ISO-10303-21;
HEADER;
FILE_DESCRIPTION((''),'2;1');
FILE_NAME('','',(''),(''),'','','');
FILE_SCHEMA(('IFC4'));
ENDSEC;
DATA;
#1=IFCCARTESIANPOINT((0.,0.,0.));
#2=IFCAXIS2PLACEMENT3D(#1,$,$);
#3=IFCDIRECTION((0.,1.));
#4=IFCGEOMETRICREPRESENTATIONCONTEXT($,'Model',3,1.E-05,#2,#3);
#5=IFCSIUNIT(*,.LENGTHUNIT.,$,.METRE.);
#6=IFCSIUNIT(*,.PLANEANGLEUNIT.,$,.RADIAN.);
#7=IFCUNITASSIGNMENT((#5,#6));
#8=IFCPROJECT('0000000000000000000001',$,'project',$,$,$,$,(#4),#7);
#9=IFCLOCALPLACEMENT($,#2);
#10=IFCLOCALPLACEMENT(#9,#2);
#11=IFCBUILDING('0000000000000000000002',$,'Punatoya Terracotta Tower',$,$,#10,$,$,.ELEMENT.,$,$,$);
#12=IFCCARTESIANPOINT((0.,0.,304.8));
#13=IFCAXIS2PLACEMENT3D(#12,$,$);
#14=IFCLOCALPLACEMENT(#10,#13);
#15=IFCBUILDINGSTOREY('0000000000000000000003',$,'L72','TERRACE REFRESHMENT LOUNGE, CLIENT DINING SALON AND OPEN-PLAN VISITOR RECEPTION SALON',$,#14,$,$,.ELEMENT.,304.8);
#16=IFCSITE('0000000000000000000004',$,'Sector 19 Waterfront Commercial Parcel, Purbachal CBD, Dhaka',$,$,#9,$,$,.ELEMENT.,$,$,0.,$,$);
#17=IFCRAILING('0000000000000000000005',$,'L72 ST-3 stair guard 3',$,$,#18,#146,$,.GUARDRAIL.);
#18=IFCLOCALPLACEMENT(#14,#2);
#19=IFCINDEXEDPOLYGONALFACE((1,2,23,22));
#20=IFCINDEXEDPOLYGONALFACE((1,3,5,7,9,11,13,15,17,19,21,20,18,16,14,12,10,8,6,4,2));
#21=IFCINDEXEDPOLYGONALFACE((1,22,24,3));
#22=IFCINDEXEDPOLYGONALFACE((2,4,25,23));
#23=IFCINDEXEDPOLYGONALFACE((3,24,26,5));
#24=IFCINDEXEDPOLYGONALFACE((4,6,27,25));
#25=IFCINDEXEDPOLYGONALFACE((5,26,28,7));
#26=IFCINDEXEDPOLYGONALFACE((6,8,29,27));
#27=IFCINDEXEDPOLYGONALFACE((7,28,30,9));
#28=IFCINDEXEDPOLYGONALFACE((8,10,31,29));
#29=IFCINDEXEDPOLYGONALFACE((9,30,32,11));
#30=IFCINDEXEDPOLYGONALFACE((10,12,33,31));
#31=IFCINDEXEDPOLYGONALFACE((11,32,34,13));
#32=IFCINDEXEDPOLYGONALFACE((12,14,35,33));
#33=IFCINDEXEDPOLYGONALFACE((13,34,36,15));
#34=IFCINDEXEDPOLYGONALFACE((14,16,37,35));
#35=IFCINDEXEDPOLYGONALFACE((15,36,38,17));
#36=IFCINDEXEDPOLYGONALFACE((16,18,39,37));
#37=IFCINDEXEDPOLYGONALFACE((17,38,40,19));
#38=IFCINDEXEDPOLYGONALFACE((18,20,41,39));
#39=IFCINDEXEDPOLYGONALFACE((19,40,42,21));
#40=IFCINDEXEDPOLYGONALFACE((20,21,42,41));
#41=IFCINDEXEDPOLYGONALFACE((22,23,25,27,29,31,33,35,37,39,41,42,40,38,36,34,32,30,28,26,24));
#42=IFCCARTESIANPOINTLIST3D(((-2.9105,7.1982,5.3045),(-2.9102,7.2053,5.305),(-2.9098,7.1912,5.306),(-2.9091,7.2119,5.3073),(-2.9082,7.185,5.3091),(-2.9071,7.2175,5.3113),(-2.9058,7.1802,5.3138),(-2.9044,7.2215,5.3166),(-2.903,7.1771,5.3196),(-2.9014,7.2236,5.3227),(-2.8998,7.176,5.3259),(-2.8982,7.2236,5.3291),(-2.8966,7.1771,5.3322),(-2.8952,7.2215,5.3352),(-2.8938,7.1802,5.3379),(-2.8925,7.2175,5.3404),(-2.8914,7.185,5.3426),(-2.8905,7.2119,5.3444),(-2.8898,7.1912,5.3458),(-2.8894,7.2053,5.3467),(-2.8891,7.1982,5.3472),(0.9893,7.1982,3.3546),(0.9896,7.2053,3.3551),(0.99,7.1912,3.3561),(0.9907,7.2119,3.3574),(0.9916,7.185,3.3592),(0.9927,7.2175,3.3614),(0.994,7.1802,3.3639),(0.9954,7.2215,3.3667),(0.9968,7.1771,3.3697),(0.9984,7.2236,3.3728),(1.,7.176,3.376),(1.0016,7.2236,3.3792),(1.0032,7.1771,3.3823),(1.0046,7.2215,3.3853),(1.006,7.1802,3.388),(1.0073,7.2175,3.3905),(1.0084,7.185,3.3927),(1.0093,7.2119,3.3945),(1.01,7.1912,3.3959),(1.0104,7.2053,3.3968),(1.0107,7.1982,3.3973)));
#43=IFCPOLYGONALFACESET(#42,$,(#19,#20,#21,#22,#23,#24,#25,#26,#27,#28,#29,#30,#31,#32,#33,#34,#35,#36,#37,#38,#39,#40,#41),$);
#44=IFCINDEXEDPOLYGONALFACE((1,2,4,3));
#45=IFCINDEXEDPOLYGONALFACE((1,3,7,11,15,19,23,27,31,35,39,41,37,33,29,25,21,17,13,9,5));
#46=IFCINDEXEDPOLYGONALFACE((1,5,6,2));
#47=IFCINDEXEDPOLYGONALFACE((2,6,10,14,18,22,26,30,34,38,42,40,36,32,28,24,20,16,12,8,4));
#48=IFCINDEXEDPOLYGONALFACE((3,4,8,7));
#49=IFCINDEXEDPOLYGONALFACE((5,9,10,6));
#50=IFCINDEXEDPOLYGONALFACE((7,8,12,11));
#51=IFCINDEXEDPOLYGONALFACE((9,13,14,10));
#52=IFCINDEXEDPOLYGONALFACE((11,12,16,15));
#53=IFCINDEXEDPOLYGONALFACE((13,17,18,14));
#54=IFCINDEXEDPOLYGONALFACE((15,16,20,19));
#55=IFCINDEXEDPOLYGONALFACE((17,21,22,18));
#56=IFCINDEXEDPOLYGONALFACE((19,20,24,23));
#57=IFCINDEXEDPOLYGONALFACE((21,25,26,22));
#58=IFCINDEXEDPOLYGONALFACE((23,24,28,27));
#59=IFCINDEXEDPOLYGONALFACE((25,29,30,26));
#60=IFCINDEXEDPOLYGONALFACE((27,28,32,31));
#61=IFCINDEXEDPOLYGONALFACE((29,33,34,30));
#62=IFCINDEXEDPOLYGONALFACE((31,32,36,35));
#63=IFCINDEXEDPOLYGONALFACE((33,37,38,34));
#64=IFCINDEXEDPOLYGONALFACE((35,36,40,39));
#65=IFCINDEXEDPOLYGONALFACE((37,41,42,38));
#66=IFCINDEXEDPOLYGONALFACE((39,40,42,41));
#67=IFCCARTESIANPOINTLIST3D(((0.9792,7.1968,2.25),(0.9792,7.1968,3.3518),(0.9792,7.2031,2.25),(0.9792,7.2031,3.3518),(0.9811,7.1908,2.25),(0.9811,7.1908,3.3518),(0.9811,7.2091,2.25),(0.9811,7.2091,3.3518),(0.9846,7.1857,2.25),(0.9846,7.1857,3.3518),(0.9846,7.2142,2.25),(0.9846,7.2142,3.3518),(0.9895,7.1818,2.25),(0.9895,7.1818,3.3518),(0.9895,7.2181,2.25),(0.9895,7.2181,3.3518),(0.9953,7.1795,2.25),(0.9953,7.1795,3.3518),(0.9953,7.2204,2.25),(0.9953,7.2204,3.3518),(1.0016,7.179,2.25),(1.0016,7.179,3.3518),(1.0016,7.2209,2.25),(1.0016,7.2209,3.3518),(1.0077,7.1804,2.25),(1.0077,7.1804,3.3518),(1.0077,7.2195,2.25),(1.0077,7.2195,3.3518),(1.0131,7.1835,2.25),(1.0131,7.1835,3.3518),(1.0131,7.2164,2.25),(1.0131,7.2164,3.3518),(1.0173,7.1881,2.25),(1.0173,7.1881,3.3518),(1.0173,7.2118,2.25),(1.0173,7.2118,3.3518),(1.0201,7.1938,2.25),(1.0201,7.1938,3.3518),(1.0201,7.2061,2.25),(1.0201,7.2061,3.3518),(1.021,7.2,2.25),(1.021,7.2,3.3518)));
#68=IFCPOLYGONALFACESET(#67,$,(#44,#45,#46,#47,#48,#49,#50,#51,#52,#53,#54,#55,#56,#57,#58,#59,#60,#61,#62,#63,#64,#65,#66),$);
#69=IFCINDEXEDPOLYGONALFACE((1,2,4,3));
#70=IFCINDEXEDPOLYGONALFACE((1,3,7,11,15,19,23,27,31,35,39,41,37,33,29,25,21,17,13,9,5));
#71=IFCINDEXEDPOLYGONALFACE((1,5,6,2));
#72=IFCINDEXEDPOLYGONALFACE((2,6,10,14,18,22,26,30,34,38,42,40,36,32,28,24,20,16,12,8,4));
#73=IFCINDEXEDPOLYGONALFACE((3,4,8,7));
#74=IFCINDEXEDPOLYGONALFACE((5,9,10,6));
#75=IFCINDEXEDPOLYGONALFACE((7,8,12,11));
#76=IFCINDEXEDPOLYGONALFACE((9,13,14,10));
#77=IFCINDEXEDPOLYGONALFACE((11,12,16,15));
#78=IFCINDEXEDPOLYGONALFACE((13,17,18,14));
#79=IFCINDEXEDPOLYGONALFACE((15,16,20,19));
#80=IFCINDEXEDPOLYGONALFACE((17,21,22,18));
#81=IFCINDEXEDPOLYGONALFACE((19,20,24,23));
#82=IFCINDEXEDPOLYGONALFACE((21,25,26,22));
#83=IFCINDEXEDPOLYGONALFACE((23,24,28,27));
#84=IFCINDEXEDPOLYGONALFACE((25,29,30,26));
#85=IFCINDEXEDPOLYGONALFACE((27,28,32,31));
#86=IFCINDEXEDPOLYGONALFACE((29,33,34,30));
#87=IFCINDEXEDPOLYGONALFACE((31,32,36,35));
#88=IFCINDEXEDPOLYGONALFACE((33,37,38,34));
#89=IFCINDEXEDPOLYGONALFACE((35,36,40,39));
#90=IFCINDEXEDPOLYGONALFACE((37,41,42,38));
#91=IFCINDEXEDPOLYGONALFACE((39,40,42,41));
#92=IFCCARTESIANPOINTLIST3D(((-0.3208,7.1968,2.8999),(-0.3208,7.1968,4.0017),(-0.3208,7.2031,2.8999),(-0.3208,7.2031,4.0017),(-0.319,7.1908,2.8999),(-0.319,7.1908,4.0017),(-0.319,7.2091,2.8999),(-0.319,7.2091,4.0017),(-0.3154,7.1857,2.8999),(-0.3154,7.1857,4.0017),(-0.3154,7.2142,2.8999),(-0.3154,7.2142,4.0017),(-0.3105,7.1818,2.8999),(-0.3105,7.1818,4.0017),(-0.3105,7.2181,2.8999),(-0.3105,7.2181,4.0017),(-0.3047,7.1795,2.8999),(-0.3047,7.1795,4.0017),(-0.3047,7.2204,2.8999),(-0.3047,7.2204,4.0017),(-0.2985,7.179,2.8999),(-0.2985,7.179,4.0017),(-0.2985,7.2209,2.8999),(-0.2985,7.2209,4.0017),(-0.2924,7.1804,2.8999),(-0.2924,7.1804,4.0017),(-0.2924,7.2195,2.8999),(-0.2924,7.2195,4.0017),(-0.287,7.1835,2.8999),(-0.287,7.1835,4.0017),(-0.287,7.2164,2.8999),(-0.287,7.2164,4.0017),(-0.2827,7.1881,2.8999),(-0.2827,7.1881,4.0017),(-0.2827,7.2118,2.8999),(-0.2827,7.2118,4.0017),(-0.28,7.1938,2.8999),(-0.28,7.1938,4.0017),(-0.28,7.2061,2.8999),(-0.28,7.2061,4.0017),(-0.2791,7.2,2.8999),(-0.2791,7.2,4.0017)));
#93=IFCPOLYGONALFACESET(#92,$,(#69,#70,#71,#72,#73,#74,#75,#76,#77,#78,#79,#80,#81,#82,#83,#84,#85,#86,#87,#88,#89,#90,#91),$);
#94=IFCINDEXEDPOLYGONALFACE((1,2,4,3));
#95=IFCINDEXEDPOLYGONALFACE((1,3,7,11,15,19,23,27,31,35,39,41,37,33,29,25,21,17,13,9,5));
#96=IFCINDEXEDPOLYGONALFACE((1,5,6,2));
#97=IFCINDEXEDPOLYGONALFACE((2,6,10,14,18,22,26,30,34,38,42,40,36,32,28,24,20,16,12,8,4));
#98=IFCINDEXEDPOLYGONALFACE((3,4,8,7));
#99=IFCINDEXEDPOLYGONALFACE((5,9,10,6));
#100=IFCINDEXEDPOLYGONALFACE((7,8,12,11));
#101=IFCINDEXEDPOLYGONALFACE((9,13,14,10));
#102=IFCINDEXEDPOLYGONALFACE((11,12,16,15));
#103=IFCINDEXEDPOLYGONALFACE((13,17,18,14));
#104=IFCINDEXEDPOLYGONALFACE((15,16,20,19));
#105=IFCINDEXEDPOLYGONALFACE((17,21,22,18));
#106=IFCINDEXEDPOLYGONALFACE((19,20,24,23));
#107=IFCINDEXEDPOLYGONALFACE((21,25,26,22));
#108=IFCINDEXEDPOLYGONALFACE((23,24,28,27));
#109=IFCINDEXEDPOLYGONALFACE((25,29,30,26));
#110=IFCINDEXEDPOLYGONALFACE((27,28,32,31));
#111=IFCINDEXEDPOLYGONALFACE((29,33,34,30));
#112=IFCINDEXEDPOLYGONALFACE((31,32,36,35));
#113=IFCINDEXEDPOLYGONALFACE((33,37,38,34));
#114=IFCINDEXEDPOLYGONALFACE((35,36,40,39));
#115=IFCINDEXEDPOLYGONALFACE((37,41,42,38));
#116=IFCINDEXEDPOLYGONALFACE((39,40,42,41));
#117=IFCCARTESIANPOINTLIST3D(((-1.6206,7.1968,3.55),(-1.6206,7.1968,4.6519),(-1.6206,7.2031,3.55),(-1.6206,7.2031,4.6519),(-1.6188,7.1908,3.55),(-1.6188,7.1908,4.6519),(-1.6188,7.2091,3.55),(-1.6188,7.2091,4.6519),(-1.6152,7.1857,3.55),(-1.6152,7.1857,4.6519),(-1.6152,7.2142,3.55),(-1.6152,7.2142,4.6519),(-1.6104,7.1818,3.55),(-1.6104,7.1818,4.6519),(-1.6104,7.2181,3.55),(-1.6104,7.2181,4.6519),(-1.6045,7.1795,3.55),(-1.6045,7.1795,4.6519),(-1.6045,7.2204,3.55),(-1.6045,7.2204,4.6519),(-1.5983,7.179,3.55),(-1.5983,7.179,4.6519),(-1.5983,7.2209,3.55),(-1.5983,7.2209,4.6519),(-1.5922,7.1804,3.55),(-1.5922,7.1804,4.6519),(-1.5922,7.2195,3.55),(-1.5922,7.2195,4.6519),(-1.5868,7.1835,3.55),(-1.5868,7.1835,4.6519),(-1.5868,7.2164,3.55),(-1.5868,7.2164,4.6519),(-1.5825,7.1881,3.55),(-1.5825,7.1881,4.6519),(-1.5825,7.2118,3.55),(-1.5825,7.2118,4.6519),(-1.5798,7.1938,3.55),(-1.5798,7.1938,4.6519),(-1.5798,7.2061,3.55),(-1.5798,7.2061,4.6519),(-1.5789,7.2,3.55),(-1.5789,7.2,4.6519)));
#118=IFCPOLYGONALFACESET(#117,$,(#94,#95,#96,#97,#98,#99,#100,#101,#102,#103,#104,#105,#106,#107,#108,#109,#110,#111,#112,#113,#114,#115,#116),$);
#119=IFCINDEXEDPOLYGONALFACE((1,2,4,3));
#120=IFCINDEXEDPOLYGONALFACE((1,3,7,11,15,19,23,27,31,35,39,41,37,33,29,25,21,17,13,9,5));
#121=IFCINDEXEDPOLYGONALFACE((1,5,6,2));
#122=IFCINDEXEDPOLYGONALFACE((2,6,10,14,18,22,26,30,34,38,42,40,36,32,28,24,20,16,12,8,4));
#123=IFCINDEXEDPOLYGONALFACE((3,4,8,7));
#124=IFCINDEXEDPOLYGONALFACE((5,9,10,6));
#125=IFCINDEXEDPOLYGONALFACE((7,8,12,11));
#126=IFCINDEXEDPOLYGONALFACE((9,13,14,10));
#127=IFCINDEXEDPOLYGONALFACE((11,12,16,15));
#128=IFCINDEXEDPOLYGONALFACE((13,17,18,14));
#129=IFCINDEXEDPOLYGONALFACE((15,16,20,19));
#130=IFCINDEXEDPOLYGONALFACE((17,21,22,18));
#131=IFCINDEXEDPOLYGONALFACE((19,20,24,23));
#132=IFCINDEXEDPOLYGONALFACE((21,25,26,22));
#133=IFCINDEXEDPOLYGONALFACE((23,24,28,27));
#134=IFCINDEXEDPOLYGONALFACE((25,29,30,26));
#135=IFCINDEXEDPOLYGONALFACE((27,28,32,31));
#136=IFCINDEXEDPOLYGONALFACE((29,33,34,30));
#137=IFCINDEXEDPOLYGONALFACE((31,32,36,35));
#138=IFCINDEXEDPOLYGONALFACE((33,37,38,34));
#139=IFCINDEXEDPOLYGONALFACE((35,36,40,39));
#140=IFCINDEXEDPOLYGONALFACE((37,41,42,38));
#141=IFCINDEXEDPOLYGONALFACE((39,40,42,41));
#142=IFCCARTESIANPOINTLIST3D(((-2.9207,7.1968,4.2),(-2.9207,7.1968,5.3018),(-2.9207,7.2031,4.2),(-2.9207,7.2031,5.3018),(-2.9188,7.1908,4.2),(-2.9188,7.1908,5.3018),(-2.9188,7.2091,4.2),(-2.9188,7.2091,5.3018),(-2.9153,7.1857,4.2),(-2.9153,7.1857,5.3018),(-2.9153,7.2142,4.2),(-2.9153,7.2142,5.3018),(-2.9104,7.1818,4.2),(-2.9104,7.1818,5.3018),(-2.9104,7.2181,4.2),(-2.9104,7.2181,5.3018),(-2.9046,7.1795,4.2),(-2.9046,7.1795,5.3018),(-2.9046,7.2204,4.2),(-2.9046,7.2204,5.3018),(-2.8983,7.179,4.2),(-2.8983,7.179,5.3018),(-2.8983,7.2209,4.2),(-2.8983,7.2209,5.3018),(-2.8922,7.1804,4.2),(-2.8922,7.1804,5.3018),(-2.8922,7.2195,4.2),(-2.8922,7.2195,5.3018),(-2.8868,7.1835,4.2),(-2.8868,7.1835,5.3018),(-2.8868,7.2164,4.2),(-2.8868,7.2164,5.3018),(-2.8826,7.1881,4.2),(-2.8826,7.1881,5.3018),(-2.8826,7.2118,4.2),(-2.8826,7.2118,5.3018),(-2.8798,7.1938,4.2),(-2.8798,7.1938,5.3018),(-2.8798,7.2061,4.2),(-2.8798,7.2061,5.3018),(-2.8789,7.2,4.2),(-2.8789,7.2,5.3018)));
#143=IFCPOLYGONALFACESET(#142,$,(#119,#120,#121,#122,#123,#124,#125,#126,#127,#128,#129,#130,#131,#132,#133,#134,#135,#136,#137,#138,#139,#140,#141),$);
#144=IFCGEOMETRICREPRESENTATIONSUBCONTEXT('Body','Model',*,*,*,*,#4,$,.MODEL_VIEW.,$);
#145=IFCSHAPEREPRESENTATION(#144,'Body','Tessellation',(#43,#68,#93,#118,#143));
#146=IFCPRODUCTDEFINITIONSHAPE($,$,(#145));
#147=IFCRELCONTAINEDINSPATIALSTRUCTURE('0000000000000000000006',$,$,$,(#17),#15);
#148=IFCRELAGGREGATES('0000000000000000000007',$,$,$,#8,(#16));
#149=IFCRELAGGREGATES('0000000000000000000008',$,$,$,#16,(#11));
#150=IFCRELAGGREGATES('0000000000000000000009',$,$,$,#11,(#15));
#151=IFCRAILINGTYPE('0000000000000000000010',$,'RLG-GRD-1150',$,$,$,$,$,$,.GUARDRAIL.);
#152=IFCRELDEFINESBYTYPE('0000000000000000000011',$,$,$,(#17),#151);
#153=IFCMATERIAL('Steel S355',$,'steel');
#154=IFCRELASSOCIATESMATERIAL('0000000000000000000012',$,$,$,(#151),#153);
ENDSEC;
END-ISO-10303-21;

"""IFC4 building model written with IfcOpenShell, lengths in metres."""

from ifc_helpers import new_model, si_unit, direction, frame, origin, origin_2d, place, context, subcontext, project, spatial, circle, extrude, material, type_object, element, save


model = new_model("IFC4")

# Units and contexts
model_context = context("Model", 3, precision=1e-05, world=origin(), true_north=direction((0.0, 1.0)))
body_context = subcontext(model_context, "Body", "Model", "MODEL_VIEW")
ifc_project = project(units=[si_unit("LENGTHUNIT", "METRE"), si_unit("PLANEANGLEUNIT", "RADIAN")], contexts=[model_context])

# Site, building, storey
site_placement = place(None, origin())
site = spatial("IfcSite", under=ifc_project, at=site_placement, Name="Sector 19 Waterfront Commercial Parcel, Purbachal CBD, Dhaka", CompositionType="ELEMENT", RefElevation=0.0)
building_placement = place(site_placement, origin())
building = spatial("IfcBuilding", under=site, at=building_placement, Name="Punatoya Terracotta Tower", CompositionType="ELEMENT")
storey_placement = place(building_placement, frame((0.0, 0.0, 304.8)))
storey = spatial("IfcBuildingStorey", under=building, at=storey_placement, Name="L72", Description="TERRACE REFRESHMENT LOUNGE, CLIENT DINING SALON AND OPEN-PLAN VISITOR RECEPTION SALON", CompositionType="ELEMENT", Elevation=304.8)

# Shared definitions
ifc_material_1 = material(Name="Steel S355", Category="steel")

# Railing
railing_type_1 = type_object("IfcRailingType", Name="RLG-GRD-1150", PredefinedType="GUARDRAIL", material=ifc_material_1)
railing_1_placement = place(storey_placement, frame((1.0, 7.2, 2.25)))
element("IfcRailing", 1, at=railing_1_placement, inside=storey, type_object=railing_type_1, Name="L72 ST-3 stair guard 3", PredefinedType="GUARDRAIL", context=body_context, shape_type="SweptSolid", body=[
    extrude(circle(Radius=0.0239, at=origin_2d()), frame((0.0, 0.0, 1.126), z_axis=(-0.894427, 0.0, 0.447214), x_axis=(0.0, -1.0, 0.0)), (0.0, 0.0, 1.0), 4.3601),
    extrude(circle(Radius=0.021, at=origin_2d()), origin(), (0.0, 0.0, 1.0), 1.1018),
    extrude(circle(Radius=0.021, at=origin_2d()), frame((-1.3, 0.0, 0.6499)), (0.0, 0.0, 1.0), 1.1018),
    extrude(circle(Radius=0.021, at=origin_2d()), frame((-2.5999, 0.0, 1.3)), (0.0, 0.0, 1.0), 1.1018),
    extrude(circle(Radius=0.021, at=origin_2d()), frame((-3.8999, 0.0, 1.95)), (0.0, 0.0, 1.0), 1.1018),
])

save(model, "model.ifc")
